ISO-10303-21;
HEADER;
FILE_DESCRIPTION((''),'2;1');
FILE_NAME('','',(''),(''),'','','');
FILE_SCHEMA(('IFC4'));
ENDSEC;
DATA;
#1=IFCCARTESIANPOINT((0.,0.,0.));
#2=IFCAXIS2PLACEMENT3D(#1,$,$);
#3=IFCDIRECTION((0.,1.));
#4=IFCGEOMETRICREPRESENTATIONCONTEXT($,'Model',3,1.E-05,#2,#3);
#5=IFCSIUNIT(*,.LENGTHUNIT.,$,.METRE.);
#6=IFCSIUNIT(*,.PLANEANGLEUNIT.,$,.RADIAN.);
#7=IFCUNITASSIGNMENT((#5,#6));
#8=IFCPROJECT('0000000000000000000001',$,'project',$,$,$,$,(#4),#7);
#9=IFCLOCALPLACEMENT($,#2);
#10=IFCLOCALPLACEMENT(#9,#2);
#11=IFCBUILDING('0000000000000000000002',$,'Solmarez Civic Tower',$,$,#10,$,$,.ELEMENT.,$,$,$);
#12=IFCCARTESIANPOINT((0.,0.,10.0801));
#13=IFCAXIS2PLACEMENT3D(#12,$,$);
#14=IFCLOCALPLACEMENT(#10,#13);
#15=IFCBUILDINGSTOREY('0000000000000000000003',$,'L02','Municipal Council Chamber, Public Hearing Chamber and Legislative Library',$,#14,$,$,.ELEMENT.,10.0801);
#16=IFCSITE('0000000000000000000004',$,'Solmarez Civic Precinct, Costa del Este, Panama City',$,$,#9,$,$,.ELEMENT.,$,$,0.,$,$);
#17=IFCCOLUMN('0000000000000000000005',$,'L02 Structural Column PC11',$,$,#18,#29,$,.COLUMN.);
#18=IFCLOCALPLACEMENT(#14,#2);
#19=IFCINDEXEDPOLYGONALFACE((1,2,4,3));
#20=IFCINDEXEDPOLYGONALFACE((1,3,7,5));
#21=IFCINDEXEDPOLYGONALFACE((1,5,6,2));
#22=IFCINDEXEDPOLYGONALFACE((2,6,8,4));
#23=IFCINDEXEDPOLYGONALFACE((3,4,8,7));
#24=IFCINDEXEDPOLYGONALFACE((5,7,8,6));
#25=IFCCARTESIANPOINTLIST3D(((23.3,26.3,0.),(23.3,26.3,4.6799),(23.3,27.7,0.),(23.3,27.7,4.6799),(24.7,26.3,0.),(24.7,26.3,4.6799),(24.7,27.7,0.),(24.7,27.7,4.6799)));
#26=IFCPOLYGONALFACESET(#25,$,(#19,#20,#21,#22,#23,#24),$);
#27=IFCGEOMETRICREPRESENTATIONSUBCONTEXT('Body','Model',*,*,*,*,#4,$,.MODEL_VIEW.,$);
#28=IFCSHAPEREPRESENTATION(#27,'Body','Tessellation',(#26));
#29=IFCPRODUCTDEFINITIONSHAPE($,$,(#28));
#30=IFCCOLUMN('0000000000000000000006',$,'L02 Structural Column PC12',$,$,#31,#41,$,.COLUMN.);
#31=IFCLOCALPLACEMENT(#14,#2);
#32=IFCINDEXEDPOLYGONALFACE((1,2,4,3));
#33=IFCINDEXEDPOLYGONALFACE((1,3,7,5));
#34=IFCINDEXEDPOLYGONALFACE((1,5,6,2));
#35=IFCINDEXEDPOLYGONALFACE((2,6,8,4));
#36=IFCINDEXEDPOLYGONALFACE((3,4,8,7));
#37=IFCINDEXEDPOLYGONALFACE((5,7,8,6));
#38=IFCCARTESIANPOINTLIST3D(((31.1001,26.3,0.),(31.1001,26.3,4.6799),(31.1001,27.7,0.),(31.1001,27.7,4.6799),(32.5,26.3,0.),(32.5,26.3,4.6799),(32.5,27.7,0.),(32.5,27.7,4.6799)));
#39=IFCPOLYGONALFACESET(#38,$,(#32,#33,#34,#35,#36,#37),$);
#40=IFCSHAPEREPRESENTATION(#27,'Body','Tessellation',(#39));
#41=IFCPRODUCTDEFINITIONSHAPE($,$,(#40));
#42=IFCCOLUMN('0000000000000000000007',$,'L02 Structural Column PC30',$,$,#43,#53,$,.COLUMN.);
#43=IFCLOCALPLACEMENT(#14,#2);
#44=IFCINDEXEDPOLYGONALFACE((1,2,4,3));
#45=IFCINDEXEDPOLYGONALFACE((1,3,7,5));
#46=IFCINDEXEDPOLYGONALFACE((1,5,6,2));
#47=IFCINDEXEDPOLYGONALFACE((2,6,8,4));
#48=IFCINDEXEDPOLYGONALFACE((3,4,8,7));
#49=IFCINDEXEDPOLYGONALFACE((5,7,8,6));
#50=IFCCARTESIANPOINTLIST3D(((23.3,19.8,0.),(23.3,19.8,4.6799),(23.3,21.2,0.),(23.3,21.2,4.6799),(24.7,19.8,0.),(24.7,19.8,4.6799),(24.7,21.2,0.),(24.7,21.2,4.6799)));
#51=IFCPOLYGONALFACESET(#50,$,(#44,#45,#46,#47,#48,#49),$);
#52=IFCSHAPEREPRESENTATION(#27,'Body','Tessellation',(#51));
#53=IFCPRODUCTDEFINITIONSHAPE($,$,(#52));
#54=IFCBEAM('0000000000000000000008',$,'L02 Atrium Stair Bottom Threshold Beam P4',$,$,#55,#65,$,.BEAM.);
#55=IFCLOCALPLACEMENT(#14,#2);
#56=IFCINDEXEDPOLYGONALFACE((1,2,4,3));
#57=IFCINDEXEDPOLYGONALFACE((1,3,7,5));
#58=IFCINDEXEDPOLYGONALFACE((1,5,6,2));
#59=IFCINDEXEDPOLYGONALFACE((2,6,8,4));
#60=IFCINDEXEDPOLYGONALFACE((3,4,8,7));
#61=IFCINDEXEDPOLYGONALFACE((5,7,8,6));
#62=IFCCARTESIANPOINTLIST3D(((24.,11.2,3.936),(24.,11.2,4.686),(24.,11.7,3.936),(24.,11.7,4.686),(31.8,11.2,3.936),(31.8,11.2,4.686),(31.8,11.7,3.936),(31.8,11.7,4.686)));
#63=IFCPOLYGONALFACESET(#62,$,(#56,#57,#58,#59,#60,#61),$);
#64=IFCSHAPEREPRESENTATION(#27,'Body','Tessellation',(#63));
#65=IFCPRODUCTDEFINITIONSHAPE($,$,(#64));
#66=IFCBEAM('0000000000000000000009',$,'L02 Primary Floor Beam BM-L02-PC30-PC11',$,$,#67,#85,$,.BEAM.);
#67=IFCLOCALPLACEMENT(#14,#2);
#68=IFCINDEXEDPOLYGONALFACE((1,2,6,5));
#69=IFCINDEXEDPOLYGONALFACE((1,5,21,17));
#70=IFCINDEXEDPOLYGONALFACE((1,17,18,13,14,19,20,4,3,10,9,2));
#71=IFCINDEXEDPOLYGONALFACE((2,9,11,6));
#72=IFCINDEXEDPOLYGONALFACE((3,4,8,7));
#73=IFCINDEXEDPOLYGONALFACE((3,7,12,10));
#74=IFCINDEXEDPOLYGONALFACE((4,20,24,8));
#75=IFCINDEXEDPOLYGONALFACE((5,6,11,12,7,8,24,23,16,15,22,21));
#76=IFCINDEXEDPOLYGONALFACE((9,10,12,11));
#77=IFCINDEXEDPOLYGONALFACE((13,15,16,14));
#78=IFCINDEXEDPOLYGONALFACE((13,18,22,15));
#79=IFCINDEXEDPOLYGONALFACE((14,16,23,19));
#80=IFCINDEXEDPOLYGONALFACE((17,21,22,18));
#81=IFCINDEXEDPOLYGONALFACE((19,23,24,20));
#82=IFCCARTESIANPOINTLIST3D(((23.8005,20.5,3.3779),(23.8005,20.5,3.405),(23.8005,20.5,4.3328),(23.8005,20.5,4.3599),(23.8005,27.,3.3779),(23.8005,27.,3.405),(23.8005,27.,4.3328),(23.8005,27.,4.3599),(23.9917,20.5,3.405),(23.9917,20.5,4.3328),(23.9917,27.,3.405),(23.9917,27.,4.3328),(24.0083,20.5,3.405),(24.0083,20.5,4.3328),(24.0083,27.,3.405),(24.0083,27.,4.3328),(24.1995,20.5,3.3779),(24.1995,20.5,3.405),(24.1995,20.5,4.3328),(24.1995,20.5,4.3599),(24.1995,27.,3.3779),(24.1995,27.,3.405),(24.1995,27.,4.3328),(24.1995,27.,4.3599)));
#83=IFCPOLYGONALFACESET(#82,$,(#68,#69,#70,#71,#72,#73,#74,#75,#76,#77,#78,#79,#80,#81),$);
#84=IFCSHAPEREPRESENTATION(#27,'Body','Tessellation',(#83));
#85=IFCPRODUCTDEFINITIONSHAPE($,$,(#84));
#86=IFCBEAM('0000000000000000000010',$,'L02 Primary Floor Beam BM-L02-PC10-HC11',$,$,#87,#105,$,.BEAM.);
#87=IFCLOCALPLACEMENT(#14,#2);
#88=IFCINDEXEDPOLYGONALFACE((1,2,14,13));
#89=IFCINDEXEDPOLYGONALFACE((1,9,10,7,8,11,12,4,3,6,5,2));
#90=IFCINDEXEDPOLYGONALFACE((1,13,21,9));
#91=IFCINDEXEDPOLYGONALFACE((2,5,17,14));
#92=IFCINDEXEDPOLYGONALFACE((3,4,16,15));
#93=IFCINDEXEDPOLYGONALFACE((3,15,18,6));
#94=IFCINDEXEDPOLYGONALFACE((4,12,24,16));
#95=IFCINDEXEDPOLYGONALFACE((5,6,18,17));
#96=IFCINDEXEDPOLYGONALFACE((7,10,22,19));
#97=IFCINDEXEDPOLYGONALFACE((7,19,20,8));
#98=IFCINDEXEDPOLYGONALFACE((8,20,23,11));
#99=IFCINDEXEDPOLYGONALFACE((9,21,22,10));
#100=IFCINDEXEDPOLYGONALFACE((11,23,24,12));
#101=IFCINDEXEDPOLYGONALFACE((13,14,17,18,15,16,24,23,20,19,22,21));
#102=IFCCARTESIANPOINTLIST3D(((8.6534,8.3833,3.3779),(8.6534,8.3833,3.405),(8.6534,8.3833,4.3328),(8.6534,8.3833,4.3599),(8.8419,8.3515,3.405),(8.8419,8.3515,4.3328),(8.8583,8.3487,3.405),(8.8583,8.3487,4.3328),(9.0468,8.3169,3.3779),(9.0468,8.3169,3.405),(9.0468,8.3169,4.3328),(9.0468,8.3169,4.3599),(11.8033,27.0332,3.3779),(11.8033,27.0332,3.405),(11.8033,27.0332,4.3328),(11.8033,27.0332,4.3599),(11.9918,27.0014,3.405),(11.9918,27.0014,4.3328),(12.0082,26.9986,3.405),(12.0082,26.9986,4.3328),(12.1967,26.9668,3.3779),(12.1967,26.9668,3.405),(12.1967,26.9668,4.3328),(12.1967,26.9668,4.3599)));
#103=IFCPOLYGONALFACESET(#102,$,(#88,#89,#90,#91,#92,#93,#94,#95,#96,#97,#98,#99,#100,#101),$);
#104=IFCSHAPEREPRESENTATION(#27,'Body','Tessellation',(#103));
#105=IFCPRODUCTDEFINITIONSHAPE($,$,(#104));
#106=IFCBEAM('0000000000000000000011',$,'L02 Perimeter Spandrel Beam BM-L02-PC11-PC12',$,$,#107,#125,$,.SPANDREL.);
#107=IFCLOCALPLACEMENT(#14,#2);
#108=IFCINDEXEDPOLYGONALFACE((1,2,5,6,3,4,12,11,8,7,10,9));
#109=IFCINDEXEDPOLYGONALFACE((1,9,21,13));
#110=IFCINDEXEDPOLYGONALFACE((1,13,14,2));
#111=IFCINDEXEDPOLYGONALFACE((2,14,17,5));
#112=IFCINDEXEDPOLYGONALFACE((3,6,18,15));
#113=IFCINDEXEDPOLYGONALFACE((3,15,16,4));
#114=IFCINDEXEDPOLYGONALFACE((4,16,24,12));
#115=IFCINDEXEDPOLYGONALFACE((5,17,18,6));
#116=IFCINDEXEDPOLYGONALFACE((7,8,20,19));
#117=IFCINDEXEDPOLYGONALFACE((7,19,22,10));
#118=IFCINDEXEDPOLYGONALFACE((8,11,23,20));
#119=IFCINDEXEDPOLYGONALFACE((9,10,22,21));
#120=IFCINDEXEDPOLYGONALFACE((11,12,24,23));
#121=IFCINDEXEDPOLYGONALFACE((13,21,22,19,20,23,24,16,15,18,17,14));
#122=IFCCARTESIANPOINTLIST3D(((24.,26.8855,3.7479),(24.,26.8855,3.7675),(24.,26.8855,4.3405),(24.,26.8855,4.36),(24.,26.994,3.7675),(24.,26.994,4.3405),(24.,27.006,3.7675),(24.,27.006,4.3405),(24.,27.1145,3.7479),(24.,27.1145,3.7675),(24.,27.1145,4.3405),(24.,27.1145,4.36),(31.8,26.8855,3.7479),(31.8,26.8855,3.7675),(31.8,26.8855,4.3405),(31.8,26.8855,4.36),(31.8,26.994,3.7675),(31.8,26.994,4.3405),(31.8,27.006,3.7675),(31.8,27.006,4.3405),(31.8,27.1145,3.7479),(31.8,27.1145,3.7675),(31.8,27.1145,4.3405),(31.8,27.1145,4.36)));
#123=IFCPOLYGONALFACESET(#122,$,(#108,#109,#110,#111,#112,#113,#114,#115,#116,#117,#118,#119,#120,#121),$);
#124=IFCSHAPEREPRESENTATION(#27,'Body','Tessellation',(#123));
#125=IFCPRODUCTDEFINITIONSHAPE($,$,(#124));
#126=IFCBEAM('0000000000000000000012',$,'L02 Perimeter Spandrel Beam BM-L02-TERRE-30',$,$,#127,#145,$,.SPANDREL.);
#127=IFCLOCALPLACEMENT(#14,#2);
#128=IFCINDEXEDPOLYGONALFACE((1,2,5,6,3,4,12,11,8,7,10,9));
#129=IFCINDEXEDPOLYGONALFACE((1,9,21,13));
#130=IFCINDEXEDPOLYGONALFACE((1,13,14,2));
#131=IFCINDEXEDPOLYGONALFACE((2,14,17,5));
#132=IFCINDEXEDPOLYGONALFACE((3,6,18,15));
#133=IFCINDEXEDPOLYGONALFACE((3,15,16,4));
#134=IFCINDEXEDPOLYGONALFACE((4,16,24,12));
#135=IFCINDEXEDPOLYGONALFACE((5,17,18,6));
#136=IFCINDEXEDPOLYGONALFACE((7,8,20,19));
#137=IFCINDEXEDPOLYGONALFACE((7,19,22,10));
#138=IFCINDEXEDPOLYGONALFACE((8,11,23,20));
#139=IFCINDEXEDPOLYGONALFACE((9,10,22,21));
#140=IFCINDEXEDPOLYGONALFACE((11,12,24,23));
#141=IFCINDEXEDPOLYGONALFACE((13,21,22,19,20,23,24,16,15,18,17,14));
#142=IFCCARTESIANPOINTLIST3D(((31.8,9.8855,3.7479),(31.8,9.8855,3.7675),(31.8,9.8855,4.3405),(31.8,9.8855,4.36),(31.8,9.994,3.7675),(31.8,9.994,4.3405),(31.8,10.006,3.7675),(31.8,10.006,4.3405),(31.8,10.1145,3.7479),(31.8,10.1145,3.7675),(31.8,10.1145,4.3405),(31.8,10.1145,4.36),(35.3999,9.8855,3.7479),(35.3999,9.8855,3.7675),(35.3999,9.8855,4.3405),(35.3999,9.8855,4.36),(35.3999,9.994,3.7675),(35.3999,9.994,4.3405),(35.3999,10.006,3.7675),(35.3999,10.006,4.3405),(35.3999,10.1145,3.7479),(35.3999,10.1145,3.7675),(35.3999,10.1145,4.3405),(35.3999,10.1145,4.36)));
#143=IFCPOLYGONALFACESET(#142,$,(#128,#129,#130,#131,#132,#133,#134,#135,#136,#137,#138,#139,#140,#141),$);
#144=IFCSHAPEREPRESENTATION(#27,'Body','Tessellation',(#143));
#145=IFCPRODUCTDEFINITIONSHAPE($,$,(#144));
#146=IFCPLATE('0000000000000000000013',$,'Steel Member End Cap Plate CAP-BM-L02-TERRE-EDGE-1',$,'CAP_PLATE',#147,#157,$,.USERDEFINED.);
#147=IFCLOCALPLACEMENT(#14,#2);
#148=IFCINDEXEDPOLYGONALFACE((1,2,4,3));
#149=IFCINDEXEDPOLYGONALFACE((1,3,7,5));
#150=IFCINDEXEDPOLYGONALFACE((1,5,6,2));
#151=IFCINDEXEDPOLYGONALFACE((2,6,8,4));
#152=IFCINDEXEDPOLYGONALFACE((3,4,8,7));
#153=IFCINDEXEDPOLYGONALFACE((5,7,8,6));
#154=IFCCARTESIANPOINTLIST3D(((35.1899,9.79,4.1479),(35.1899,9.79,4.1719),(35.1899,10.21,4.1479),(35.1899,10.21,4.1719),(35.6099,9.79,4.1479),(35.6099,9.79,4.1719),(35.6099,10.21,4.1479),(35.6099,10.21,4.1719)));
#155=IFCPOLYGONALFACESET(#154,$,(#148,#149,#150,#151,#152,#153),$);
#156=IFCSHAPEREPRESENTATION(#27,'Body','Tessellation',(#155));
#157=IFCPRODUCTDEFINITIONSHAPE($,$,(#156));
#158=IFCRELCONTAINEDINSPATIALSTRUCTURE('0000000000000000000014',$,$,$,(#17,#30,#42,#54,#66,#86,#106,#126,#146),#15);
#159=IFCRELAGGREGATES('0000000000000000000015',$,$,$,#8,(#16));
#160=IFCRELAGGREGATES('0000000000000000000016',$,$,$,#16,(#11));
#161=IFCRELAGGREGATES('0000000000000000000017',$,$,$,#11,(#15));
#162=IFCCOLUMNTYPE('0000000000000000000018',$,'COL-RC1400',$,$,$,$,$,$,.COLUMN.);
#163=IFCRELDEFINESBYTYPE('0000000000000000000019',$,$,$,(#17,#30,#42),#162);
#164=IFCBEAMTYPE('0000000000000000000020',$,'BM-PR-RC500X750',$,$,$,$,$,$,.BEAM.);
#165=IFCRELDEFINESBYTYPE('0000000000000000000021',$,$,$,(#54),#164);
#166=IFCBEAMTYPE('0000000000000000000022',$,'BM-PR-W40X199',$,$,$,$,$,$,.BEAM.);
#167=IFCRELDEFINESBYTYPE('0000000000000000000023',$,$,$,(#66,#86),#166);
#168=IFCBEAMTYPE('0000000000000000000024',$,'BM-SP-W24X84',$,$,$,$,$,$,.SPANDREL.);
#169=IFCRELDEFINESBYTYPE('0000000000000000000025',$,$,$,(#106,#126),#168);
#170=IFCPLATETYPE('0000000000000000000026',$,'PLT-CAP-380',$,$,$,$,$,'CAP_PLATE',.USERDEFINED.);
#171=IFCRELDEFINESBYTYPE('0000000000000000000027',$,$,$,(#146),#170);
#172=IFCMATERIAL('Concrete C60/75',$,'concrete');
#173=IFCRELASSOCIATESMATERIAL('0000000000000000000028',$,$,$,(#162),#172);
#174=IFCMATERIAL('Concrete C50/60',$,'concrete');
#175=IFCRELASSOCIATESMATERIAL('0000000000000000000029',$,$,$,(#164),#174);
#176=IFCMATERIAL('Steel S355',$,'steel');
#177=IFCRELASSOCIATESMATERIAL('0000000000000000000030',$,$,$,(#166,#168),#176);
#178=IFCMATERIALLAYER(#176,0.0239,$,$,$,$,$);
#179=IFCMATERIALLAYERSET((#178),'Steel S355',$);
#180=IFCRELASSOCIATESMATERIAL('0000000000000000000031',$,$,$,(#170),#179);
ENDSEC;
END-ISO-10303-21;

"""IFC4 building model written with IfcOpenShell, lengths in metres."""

from ifc_helpers import new_model, si_unit, direction, frame, origin, origin_2d, place, context, subcontext, project, spatial, rectangle, i_section, extrude, material, layer, layer_set, material_profile, profile_set, type_object, element, save


model = new_model("IFC4")

# Units and contexts
model_context = context("Model", 3, precision=1e-05, world=origin(), true_north=direction((0.0, 1.0)))
body_context = subcontext(model_context, "Body", "Model", "MODEL_VIEW")
ifc_project = project(units=[si_unit("LENGTHUNIT", "METRE"), si_unit("PLANEANGLEUNIT", "RADIAN")], contexts=[model_context])

# Site, building, storey
site_placement = place(None, origin())
site = spatial("IfcSite", under=ifc_project, at=site_placement, Name="Solmarez Civic Precinct, Costa del Este, Panama City", CompositionType="ELEMENT", RefElevation=0.0)
building_placement = place(site_placement, origin())
building = spatial("IfcBuilding", under=site, at=building_placement, Name="Solmarez Civic Tower", CompositionType="ELEMENT")
storey_placement = place(building_placement, frame((0.0, 0.0, 10.0801)))
storey = spatial("IfcBuildingStorey", under=building, at=storey_placement, Name="L02", Description="Municipal Council Chamber, Public Hearing Chamber and Legislative Library", CompositionType="ELEMENT", Elevation=10.0801)

# Columns
ifc_material_1 = material(Name="Concrete C60/75", Category="concrete")
ifc_material_profile_1 = material_profile(ifc_material_1, rectangle(XDim=1.3999, YDim=1.3999, at=origin_2d()), Name="RC1400X1400")
ifc_profile_set_1 = profile_set([ifc_material_profile_1], Name="Concrete C60/75")
column_type = type_object("IfcColumnType", Name="COL-RC1400", PredefinedType="COLUMN", material=ifc_profile_set_1)
for number, where, z_axis, x_axis, name in (
    (1, (24.0, 27.0, 0.0), (0.0, 0.0, 1.0), (1.0, 0.0, 0.0), "L02 Structural Column PC11"),
    (2, (31.8, 27.0, 0.0), (0.0, 0.0, 1.0), (1.0, 0.0, 0.0), "L02 Structural Column PC12"),
    (3, (24.0, 20.5, 0.0), (0.0, 0.0, 1.0), (1.0, 0.0, 0.0), "L02 Structural Column PC30"),
):
    element("IfcColumn", number, at=place(storey_placement, frame(where, z_axis=z_axis, x_axis=x_axis)), inside=storey, type_object=column_type, Name=name, PredefinedType="COLUMN", context=body_context, shape_type="SweptSolid", body=[
        extrude(rectangle(XDim=1.3999, YDim=1.3999, at=origin_2d()), origin(), (0.0, 0.0, 1.0), 4.6799),
    ])

# Beams
ifc_material_2 = material(Name="Concrete C50/60", Category="concrete")
ifc_material_profile_2 = material_profile(ifc_material_2, rectangle(XDim=0.5, YDim=0.75, at=origin_2d()), Name="RC500X750")
ifc_profile_set_2 = profile_set([ifc_material_profile_2], Name="Concrete C50/60")
beam_type_1 = type_object("IfcBeamType", Name="BM-PR-RC500X750", PredefinedType="BEAM", material=ifc_profile_set_2)
beam_1_placement = place(storey_placement, frame((24.0, 11.45, 4.311), z_axis=(1.0, 0.0, 0.0), x_axis=(0.0, 1.0, 0.0)))
element("IfcBeam", 4, at=beam_1_placement, inside=storey, type_object=beam_type_1, Name="L02 Atrium Stair Bottom Threshold Beam P4", PredefinedType="BEAM", context=body_context, shape_type="SweptSolid", body=[
    extrude(rectangle(XDim=0.5, YDim=0.75, at=origin_2d()), origin(), (0.0, 0.0, 1.0), 7.8),
])
ifc_material_3 = material(Name="Steel S355", Category="steel")
ifc_material_profile_3 = material_profile(ifc_material_3, i_section(OverallWidth=0.3989, OverallDepth=0.9819, WebThickness=0.0166, FlangeThickness=0.0271, at=origin_2d()), Name="W40X199")
ifc_profile_set_3 = profile_set([ifc_material_profile_3], Name="Steel S355")
beam_type_2 = type_object("IfcBeamType", Name="BM-PR-W40X199", PredefinedType="BEAM", material=ifc_profile_set_3)
beam_2_placement = place(storey_placement, frame((24.0, 20.5, 3.8689), z_axis=(0.0, 1.0, 0.0), x_axis=(-1.0, 0.0, 0.0)))
element("IfcBeam", 5, at=beam_2_placement, inside=storey, type_object=beam_type_2, Name="L02 Primary Floor Beam BM-L02-PC30-PC11", PredefinedType="BEAM", context=body_context, shape_type="SweptSolid", body=[
    extrude(i_section(OverallWidth=0.3989, OverallDepth=0.9819, WebThickness=0.0166, FlangeThickness=0.0271, at=origin_2d()), origin(), (0.0, 0.0, 1.0), 6.5),
])
beam_3_placement = place(storey_placement, frame((12.0, 27.0, 3.8689), z_axis=(-0.166538, -0.986035, 0.0), x_axis=(0.986035, -0.166538, 0.0)))
element("IfcBeam", 6, at=beam_3_placement, inside=storey, type_object=beam_type_2, Name="L02 Primary Floor Beam BM-L02-PC10-HC11", PredefinedType="BEAM", context=body_context, shape_type="SweptSolid", body=[
    extrude(i_section(OverallWidth=0.3989, OverallDepth=0.9819, WebThickness=0.0166, FlangeThickness=0.0271, at=origin_2d()), origin(), (0.0, 0.0, 1.0), 18.9141),
])
ifc_material_profile_4 = material_profile(ifc_material_3, i_section(OverallWidth=0.229, OverallDepth=0.6121, WebThickness=0.012, FlangeThickness=0.0195, at=origin_2d()), Name="W24X84")
ifc_profile_set_4 = profile_set([ifc_material_profile_4], Name="Steel S355")
beam_type_3 = type_object("IfcBeamType", Name="BM-SP-W24X84", PredefinedType="SPANDREL", material=ifc_profile_set_4)
beam_4_placement = place(storey_placement, frame((24.0, 27.0, 4.054), z_axis=(1.0, 0.0, 0.0), x_axis=(0.0, 1.0, 0.0)))
element("IfcBeam", 7, at=beam_4_placement, inside=storey, type_object=beam_type_3, Name="L02 Perimeter Spandrel Beam BM-L02-PC11-PC12", PredefinedType="SPANDREL", context=body_context, shape_type="SweptSolid", body=[
    extrude(i_section(OverallWidth=0.229, OverallDepth=0.6121, WebThickness=0.012, FlangeThickness=0.0195, at=origin_2d()), origin(), (0.0, 0.0, 1.0), 7.8),
])
beam_5_placement = place(storey_placement, frame((31.8, 10.0, 4.054), z_axis=(1.0, 0.0, 0.0), x_axis=(0.0, 1.0, 0.0)))
element("IfcBeam", 8, at=beam_5_placement, inside=storey, type_object=beam_type_3, Name="L02 Perimeter Spandrel Beam BM-L02-TERRE-30", PredefinedType="SPANDREL", context=body_context, shape_type="SweptSolid", body=[
    extrude(i_section(OverallWidth=0.229, OverallDepth=0.6121, WebThickness=0.012, FlangeThickness=0.0195, at=origin_2d()), origin(), (0.0, 0.0, 1.0), 3.5999),
])

# Plate
ifc_layer_1 = layer(ifc_material_3, 0.0239)
ifc_layer_set_1 = layer_set([ifc_layer_1], Name="Steel S355")
plate_type = type_object("IfcPlateType", Name="PLT-CAP-380", ElementType="CAP_PLATE", PredefinedType="USERDEFINED", material=ifc_layer_set_1)
plate_placement = place(storey_placement, frame((35.3999, 10.0, 4.1479), z_axis=(0.0, 0.0, 1.0), x_axis=(1.0, 0.0, 0.0)))
element("IfcPlate", 9, at=plate_placement, inside=storey, type_object=plate_type, Name="Steel Member End Cap Plate CAP-BM-L02-TERRE-EDGE-1", ObjectType="CAP_PLATE", PredefinedType="USERDEFINED", context=body_context, shape_type="SweptSolid", body=[
    extrude(rectangle(XDim=0.4199, YDim=0.4199, at=origin_2d()), origin(), (0.0, 0.0, 1.0), 0.0239),
])

save(model, "model.ifc")
